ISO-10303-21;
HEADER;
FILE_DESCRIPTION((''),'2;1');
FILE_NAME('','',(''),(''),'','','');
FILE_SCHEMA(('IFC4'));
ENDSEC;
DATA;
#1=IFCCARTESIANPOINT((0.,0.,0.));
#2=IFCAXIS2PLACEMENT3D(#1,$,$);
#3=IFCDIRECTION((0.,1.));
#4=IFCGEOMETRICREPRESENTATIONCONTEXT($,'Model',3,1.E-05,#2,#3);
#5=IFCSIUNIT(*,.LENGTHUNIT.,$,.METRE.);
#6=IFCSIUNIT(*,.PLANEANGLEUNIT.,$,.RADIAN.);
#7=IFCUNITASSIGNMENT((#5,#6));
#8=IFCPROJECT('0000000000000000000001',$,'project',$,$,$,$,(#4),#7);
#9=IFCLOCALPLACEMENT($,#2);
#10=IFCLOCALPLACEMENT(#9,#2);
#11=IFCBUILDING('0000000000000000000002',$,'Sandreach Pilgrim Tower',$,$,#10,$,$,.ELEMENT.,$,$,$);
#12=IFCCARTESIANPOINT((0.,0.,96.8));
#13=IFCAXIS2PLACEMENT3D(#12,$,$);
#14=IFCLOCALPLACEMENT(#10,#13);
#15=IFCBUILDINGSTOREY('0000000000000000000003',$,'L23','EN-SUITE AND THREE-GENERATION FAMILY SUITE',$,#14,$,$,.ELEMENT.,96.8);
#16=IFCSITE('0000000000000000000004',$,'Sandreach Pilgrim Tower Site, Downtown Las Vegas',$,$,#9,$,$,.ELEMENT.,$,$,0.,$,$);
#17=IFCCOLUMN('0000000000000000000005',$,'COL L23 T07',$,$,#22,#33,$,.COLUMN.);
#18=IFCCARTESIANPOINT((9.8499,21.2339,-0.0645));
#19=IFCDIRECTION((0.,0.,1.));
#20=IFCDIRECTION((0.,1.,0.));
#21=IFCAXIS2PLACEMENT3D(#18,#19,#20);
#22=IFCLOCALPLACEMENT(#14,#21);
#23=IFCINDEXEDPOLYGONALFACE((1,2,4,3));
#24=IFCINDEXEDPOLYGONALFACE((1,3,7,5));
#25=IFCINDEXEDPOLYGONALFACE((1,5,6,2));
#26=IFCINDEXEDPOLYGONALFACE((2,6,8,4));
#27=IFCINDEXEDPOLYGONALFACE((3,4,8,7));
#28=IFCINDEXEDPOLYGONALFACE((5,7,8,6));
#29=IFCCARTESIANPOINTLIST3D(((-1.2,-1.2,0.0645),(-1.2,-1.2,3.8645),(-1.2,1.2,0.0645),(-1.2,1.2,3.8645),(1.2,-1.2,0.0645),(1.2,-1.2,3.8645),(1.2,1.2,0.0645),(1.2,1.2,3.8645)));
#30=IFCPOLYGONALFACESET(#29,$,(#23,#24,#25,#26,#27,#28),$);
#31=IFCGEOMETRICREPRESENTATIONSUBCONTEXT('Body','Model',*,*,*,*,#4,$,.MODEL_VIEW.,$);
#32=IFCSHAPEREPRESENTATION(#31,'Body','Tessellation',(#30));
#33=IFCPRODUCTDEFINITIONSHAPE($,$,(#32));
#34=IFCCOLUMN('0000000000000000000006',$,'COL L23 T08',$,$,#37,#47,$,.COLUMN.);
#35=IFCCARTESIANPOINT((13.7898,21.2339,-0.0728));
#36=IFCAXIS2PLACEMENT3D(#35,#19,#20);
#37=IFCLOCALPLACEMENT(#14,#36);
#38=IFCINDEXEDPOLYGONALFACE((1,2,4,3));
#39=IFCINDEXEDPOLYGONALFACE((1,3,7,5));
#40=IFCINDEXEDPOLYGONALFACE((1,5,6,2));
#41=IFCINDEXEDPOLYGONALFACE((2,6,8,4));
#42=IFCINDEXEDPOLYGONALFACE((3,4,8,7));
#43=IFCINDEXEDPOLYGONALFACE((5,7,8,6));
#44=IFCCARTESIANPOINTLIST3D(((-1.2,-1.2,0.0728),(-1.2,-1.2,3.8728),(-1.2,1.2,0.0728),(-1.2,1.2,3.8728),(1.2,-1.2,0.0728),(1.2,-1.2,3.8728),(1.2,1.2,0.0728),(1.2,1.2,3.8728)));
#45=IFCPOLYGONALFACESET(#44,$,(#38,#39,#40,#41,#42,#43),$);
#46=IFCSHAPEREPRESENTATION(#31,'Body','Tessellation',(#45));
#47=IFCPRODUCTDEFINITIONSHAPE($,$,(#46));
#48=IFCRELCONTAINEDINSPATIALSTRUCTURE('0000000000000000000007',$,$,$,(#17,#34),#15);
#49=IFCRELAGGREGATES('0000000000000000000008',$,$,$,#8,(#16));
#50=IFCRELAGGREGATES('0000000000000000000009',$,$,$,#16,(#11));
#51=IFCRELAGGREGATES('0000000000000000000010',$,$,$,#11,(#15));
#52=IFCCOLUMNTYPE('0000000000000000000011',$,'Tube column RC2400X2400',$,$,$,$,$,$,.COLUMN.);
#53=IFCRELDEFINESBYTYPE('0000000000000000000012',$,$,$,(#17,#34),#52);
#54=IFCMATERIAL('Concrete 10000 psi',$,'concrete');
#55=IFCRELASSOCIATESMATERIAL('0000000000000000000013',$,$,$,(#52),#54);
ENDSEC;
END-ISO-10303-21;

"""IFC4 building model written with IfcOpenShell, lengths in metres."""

from ifc_helpers import new_model, si_unit, direction, frame, origin, origin_2d, place, context, subcontext, project, spatial, rectangle, extrude, clip, halfspace, material, material_profile, profile_set, type_object, element, save


model = new_model("IFC4")

# Units and contexts
model_context = context("Model", 3, precision=1e-05, world=origin(), true_north=direction((0.0, 1.0)))
body_context = subcontext(model_context, "Body", "Model", "MODEL_VIEW")
ifc_project = project(units=[si_unit("LENGTHUNIT", "METRE"), si_unit("PLANEANGLEUNIT", "RADIAN")], contexts=[model_context])

# Site, building, storey
site_placement = place(None, origin())
site = spatial("IfcSite", under=ifc_project, at=site_placement, Name="Sandreach Pilgrim Tower Site, Downtown Las Vegas", CompositionType="ELEMENT", RefElevation=0.0)
building_placement = place(site_placement, origin())
building = spatial("IfcBuilding", under=site, at=building_placement, Name="Sandreach Pilgrim Tower", CompositionType="ELEMENT")
storey_placement = place(building_placement, frame((0.0, 0.0, 96.8)))
storey = spatial("IfcBuildingStorey", under=building, at=storey_placement, Name="L23", Description="EN-SUITE AND THREE-GENERATION FAMILY SUITE", CompositionType="ELEMENT", Elevation=96.8)

# Columns
ifc_material_1 = material(Name="Concrete 10000 psi", Category="concrete")
ifc_material_profile_1 = material_profile(ifc_material_1, rectangle(XDim=2.3999, YDim=2.3999, at=origin_2d()), Name="RC2400X2400")
ifc_profile_set_1 = profile_set([ifc_material_profile_1], Name="Concrete 10000 psi")
column_type = type_object("IfcColumnType", Name="Tube column RC2400X2400", PredefinedType="COLUMN", material=ifc_profile_set_1)
column_1_placement = place(storey_placement, frame((9.8499, 21.2339, -0.0645), z_axis=(0.0, 0.0, 1.0), x_axis=(0.0, 1.0, 0.0)))
element("IfcColumn", 1, at=column_1_placement, inside=storey, type_object=column_type, Name="COL L23 T07", PredefinedType="COLUMN", context=body_context, shape_type="SweptSolid", body=[
    clip(extrude(rectangle(XDim=2.3999, YDim=2.3999, at=origin_2d()), origin(), (0.0, 0.0, 1.0), 3.8645), halfspace(frame((0.0, 0.0, 0.0645)), True)),
])
column_2_placement = place(storey_placement, frame((13.7898, 21.2339, -0.0728), z_axis=(0.0, 0.0, 1.0), x_axis=(0.0, 1.0, 0.0)))
element("IfcColumn", 2, at=column_2_placement, inside=storey, type_object=column_type, Name="COL L23 T08", PredefinedType="COLUMN", context=body_context, shape_type="SweptSolid", body=[
    clip(extrude(rectangle(XDim=2.3999, YDim=2.3999, at=origin_2d()), origin(), (0.0, 0.0, 1.0), 3.8728), halfspace(frame((0.0, 0.0, 0.0728)), True)),
])

save(model, "model.ifc")
